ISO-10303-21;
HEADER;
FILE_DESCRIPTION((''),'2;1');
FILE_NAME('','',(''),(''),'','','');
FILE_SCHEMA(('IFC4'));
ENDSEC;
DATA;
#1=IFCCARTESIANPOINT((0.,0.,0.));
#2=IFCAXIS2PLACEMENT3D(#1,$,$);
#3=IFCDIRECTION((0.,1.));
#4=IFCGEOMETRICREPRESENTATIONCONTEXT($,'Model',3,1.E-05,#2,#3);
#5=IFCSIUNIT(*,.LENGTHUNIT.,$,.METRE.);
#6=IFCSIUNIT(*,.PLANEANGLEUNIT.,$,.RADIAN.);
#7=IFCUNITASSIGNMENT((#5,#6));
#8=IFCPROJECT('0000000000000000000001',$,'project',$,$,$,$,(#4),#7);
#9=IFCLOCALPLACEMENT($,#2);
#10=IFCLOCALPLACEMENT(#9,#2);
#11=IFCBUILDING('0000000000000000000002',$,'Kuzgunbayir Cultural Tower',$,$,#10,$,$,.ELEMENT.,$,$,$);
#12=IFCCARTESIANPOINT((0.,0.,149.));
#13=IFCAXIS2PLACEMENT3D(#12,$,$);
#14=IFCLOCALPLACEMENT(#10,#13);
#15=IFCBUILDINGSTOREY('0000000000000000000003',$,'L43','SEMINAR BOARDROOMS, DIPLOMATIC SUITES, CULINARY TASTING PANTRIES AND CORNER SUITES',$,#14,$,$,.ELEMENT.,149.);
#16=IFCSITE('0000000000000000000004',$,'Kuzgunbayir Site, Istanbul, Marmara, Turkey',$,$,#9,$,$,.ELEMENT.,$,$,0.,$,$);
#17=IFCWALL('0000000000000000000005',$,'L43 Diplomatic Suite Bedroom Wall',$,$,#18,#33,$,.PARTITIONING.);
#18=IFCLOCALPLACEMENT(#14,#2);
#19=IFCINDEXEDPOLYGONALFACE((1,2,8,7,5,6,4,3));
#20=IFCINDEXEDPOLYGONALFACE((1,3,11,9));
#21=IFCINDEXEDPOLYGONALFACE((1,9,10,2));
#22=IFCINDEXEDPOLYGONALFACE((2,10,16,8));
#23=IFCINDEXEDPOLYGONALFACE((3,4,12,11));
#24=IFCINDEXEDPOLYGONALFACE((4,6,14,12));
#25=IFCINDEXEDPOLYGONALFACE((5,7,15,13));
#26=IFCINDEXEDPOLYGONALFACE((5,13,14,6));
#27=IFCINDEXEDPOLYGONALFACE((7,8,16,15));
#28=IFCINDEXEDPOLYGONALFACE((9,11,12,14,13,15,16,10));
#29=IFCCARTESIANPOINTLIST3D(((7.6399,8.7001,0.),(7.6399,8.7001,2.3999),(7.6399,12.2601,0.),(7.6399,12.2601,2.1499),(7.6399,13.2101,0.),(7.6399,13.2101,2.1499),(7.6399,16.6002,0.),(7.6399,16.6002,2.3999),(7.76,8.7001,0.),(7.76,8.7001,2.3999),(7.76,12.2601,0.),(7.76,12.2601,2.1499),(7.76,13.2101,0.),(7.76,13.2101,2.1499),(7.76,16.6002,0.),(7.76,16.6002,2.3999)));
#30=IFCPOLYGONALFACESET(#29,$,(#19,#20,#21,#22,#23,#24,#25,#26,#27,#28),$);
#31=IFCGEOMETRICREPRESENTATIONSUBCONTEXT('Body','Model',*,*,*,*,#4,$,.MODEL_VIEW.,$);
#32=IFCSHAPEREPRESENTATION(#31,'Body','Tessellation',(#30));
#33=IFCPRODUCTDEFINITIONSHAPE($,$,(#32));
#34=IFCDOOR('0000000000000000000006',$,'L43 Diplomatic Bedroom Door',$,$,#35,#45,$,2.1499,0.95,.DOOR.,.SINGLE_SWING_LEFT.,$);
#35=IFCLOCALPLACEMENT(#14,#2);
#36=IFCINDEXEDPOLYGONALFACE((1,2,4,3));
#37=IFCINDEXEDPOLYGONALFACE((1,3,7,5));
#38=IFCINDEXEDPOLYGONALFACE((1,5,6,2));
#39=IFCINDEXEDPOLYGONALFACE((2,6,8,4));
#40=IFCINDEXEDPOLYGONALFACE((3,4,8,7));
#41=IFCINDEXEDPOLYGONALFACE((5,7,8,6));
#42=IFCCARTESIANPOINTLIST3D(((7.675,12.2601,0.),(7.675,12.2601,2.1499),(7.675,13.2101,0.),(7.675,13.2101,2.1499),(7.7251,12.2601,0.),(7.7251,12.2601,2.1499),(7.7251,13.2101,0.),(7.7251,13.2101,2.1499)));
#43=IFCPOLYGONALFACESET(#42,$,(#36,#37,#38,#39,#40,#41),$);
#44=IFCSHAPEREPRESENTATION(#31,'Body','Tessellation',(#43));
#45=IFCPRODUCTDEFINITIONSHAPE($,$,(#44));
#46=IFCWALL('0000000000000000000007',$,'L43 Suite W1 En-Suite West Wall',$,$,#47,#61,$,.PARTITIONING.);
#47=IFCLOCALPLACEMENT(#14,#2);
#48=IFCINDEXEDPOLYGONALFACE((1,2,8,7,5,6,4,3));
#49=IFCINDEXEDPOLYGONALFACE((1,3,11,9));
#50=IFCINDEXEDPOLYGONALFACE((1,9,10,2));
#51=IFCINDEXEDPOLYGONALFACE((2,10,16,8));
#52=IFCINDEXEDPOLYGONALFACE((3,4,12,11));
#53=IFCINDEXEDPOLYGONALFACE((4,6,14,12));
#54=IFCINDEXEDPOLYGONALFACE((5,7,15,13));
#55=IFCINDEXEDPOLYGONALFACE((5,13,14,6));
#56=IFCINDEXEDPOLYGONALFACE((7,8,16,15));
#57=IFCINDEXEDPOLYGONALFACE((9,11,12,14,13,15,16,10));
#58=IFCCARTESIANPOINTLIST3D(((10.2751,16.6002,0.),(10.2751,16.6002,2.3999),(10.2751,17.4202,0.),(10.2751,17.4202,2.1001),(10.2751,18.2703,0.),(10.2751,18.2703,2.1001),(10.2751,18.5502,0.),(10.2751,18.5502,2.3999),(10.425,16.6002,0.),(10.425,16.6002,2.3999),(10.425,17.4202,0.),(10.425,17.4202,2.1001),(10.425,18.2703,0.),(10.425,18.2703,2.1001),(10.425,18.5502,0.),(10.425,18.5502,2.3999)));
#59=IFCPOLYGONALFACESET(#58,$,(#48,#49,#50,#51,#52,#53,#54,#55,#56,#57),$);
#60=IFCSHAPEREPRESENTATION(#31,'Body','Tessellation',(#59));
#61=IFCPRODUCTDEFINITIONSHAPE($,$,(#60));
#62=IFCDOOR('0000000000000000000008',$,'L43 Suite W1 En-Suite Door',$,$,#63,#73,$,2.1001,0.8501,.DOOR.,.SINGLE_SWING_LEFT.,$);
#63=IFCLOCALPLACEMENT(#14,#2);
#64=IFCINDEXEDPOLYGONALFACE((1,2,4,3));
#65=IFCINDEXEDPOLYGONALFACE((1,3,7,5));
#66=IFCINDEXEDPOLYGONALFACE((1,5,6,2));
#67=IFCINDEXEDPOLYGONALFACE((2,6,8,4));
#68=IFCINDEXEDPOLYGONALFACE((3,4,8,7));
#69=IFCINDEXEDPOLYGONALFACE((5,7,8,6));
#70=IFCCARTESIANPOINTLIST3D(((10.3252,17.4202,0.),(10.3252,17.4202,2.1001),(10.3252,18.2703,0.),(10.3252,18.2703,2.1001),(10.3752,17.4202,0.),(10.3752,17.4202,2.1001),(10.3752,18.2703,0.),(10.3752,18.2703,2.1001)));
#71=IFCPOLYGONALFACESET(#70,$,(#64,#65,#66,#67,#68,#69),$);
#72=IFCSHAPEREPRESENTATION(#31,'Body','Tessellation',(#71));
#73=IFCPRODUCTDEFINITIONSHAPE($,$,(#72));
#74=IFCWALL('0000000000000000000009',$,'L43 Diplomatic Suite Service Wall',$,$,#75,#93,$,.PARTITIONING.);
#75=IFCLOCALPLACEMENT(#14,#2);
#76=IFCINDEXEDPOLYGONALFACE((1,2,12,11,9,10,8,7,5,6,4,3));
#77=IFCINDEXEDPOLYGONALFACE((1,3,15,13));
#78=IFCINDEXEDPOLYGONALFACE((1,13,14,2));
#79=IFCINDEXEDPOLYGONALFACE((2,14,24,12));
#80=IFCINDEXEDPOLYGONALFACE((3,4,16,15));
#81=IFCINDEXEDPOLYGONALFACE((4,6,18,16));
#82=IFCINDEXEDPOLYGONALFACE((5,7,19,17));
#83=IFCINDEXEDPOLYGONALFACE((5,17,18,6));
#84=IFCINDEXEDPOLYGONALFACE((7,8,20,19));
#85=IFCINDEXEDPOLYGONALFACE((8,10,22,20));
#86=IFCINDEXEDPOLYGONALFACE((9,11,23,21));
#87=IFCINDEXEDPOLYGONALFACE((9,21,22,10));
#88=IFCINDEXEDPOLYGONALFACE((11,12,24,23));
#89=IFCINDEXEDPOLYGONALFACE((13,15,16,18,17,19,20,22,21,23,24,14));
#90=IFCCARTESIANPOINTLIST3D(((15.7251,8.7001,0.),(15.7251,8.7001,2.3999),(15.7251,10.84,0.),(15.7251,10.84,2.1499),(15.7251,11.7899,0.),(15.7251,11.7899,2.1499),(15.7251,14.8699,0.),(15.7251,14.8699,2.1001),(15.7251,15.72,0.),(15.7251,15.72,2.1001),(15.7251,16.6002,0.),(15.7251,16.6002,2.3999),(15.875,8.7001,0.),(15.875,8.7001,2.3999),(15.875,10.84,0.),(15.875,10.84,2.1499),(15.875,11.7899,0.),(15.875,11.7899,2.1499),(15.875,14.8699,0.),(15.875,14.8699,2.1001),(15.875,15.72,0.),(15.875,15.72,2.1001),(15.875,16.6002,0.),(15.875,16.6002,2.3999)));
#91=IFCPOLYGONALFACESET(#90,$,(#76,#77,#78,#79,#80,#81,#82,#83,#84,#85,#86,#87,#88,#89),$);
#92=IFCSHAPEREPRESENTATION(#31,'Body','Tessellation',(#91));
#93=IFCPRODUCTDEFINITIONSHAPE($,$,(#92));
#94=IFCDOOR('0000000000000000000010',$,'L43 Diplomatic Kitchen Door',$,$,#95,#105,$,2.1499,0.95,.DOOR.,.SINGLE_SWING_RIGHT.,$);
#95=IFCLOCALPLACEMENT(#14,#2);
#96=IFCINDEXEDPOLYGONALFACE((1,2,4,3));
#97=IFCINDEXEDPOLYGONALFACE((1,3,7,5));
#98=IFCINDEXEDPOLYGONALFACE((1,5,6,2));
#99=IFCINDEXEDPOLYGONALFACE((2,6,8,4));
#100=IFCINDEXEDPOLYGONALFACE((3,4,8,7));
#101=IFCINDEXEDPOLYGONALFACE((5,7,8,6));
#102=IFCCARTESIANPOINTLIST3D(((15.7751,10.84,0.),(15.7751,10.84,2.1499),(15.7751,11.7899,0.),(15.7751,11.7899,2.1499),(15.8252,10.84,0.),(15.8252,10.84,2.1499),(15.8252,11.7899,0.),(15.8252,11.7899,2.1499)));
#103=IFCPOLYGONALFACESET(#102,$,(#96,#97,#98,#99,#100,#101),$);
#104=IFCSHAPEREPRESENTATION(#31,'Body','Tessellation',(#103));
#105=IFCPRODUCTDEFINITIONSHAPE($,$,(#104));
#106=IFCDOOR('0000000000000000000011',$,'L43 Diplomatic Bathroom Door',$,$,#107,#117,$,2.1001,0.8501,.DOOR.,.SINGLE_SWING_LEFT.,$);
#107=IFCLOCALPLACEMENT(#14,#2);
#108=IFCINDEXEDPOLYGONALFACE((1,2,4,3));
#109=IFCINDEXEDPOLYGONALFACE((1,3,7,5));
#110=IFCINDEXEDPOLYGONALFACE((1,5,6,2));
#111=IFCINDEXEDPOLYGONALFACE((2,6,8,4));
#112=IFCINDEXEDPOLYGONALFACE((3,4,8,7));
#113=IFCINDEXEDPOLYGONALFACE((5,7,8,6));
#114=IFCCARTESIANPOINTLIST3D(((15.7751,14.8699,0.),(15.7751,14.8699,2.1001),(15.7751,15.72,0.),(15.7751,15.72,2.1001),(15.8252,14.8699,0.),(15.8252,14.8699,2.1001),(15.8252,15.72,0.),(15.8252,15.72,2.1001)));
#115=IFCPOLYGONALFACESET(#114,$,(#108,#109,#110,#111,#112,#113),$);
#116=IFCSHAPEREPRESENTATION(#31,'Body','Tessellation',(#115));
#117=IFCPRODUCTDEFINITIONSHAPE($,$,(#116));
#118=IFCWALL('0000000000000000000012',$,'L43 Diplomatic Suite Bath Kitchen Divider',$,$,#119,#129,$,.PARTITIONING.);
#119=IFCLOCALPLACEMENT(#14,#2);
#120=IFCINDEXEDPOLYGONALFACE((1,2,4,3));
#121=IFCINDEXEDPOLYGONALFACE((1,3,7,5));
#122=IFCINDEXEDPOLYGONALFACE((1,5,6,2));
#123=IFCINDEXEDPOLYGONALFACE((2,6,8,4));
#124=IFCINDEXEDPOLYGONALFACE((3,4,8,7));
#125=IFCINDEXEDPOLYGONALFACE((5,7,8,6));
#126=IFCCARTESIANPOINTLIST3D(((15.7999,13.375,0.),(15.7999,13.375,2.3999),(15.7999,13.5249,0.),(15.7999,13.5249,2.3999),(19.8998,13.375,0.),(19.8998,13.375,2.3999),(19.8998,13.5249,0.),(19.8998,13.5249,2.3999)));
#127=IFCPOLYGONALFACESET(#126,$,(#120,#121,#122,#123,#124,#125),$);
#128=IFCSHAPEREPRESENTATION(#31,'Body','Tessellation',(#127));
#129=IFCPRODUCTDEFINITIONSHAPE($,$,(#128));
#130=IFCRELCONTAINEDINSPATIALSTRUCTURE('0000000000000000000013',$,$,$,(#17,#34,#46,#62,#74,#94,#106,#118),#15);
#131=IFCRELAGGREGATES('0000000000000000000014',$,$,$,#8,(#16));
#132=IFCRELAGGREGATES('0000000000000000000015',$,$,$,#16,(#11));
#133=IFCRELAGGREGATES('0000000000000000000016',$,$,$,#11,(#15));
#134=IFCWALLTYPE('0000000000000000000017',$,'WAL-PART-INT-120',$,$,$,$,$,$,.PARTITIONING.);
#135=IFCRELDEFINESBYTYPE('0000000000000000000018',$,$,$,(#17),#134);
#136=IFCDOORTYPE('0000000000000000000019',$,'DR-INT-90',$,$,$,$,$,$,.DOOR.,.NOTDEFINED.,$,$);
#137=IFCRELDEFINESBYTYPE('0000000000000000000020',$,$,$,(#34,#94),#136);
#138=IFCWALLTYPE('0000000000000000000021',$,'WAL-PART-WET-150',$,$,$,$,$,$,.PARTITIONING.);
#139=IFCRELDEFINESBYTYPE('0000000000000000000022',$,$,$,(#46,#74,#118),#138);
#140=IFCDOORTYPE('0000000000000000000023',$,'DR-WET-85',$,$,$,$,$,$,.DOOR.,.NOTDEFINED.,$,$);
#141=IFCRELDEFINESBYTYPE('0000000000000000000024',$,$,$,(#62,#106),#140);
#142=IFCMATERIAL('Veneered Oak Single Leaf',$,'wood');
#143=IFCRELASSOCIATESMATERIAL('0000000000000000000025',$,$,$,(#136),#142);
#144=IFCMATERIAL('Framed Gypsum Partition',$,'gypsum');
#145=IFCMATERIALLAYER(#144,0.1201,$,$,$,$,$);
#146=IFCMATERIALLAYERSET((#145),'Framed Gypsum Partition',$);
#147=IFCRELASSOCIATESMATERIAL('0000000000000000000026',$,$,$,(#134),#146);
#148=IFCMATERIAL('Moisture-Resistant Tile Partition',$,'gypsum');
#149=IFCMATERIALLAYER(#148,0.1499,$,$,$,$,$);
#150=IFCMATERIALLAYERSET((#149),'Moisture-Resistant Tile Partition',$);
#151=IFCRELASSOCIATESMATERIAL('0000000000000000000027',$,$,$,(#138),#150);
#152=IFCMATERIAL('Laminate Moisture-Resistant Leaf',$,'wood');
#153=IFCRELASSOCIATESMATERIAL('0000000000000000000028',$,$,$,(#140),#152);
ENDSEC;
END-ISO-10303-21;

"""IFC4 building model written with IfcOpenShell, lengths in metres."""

from ifc_helpers import new_model, si_unit, direction, frame, frame_2d, origin, place, context, subcontext, project, spatial, rectangle, extrude, material, layer, layer_set, type_object, element, fill, save


model = new_model("IFC4")

# Units and contexts
model_context = context("Model", 3, precision=1e-05, world=origin(), true_north=direction((0.0, 1.0)))
body_context = subcontext(model_context, "Body", "Model", "MODEL_VIEW")
ifc_project = project(units=[si_unit("LENGTHUNIT", "METRE"), si_unit("PLANEANGLEUNIT", "RADIAN")], contexts=[model_context])

# Site, building, storey
site_placement = place(None, origin())
site = spatial("IfcSite", under=ifc_project, at=site_placement, Name="Kuzgunbayir Site, Istanbul, Marmara, Turkey", CompositionType="ELEMENT", RefElevation=0.0)
building_placement = place(site_placement, origin())
building = spatial("IfcBuilding", under=site, at=building_placement, Name="Kuzgunbayir Cultural Tower", CompositionType="ELEMENT")
storey_placement = place(building_placement, frame((0.0, 0.0, 149.0)))
storey = spatial("IfcBuildingStorey", under=building, at=storey_placement, Name="L43", Description="SEMINAR BOARDROOMS, DIPLOMATIC SUITES, CULINARY TASTING PANTRIES AND CORNER SUITES", CompositionType="ELEMENT", Elevation=149.0)

# Shared definitions
ifc_material_1 = material(Name="Veneered Oak Single Leaf", Category="wood")
door_type_1 = type_object("IfcDoorType", Name="DR-INT-90", OperationType="NOTDEFINED", PredefinedType="DOOR", material=ifc_material_1)
ifc_material_2 = material(Name="Laminate Moisture-Resistant Leaf", Category="wood")

# Walls, openings, doors
ifc_material_3 = material(Name="Framed Gypsum Partition", Category="gypsum")
ifc_layer_1 = layer(ifc_material_3, 0.1201)
ifc_layer_set_1 = layer_set([ifc_layer_1], Name="Framed Gypsum Partition")
wall_type_1 = type_object("IfcWallType", Name="WAL-PART-INT-120", PredefinedType="PARTITIONING", material=ifc_layer_set_1)
wall_1_placement = place(storey_placement, frame((7.7, 8.7, 0.0), z_axis=(0.0, 0.0, 1.0), x_axis=(0.0, 1.0, 0.0)))
wall_1 = element("IfcWall", 1, at=wall_1_placement, inside=storey, type_object=wall_type_1, Name="L43 Diplomatic Suite Bedroom Wall", PredefinedType="PARTITIONING", context=body_context, shape_type="SweptSolid", body=[
    extrude(rectangle(XDim=7.9001, YDim=0.1201, at=frame_2d((3.9502, 0.0))), origin(), (0.0, 0.0, 1.0), 2.3999),
])
opening_1_placement = place(wall_1_placement, frame((3.5601, 0.0, 0.0)))
opening_1 = element("IfcOpeningElement", 2, at=opening_1_placement, cuts=wall_1, PredefinedType="OPENING", context=body_context, shape_type="SweptSolid", body=[
    extrude(rectangle(XDim=0.95, YDim=2.1499, at=frame_2d((0.4751, 1.075))), frame((0.0, 0.0701, 0.0), z_axis=(0.0, -1.0, 0.0), x_axis=(1.0, 0.0, 0.0)), (0.0, 0.0, 1.0), 0.1401),
])
door_1_placement = place(opening_1_placement, origin())
door_1 = element("IfcDoor", 3, at=door_1_placement, inside=storey, type_object=door_type_1, Name="L43 Diplomatic Bedroom Door", OperationType="SINGLE_SWING_LEFT", OverallHeight=2.1499, OverallWidth=0.95, PredefinedType="DOOR", context=body_context, shape_type="SweptSolid", body=[
    extrude(rectangle(XDim=0.95, YDim=2.1499, at=frame_2d((0.4751, 1.075))), frame((0.0, 0.0249, 0.0), z_axis=(0.0, -1.0, 0.0), x_axis=(1.0, 0.0, 0.0)), (0.0, 0.0, 1.0), 0.05),
])
fill(opening_1, door_1)
ifc_material_4 = material(Name="Moisture-Resistant Tile Partition", Category="gypsum")
ifc_layer_2 = layer(ifc_material_4, 0.1499)
ifc_layer_set_2 = layer_set([ifc_layer_2], Name="Moisture-Resistant Tile Partition")
wall_type_2 = type_object("IfcWallType", Name="WAL-PART-WET-150", PredefinedType="PARTITIONING", material=ifc_layer_set_2)
wall_2_placement = place(storey_placement, frame((10.3501, 16.6001, 0.0), z_axis=(0.0, 0.0, 1.0), x_axis=(0.0, 1.0, 0.0)))
wall_2 = element("IfcWall", 4, at=wall_2_placement, inside=storey, type_object=wall_type_2, Name="L43 Suite W1 En-Suite West Wall", PredefinedType="PARTITIONING", context=body_context, shape_type="SweptSolid", body=[
    extrude(rectangle(XDim=1.95, YDim=0.1499, at=frame_2d((0.9751, 0.0))), origin(), (0.0, 0.0, 1.0), 2.3999),
])
opening_2_placement = place(wall_2_placement, frame((0.8201, 0.0, 0.0)))
opening_2 = element("IfcOpeningElement", 5, at=opening_2_placement, cuts=wall_2, PredefinedType="OPENING", context=body_context, shape_type="SweptSolid", body=[
    extrude(rectangle(XDim=0.8501, YDim=2.1001, at=frame_2d((0.425, 1.05))), frame((0.0, 0.085, 0.0), z_axis=(0.0, -1.0, 0.0), x_axis=(1.0, 0.0, 0.0)), (0.0, 0.0, 1.0), 0.1699),
])
door_type_2 = type_object("IfcDoorType", Name="DR-WET-85", OperationType="NOTDEFINED", PredefinedType="DOOR", material=ifc_material_2)
door_2_placement = place(opening_2_placement, origin())
door_2 = element("IfcDoor", 6, at=door_2_placement, inside=storey, type_object=door_type_2, Name="L43 Suite W1 En-Suite Door", OperationType="SINGLE_SWING_LEFT", OverallHeight=2.1001, OverallWidth=0.8501, PredefinedType="DOOR", context=body_context, shape_type="SweptSolid", body=[
    extrude(rectangle(XDim=0.8501, YDim=2.1001, at=frame_2d((0.425, 1.05))), frame((0.0, 0.0249, 0.0), z_axis=(0.0, -1.0, 0.0), x_axis=(1.0, 0.0, 0.0)), (0.0, 0.0, 1.0), 0.05),
])
fill(opening_2, door_2)

# Wall, openings, doors
wall_3_placement = place(storey_placement, frame((15.8, 8.7, 0.0), z_axis=(0.0, 0.0, 1.0), x_axis=(0.0, 1.0, 0.0)))
wall_3 = element("IfcWall", 7, at=wall_3_placement, inside=storey, type_object=wall_type_2, Name="L43 Diplomatic Suite Service Wall", PredefinedType="PARTITIONING", context=body_context, shape_type="SweptSolid", body=[
    extrude(rectangle(XDim=7.9001, YDim=0.1499, at=frame_2d((3.9502, 0.0))), origin(), (0.0, 0.0, 1.0), 2.3999),
])
opening_3_placement = place(wall_3_placement, frame((2.1399, 0.0, 0.0)))
opening_3 = element("IfcOpeningElement", 8, at=opening_3_placement, cuts=wall_3, PredefinedType="OPENING", context=body_context, shape_type="SweptSolid", body=[
    extrude(rectangle(XDim=0.95, YDim=2.1499, at=frame_2d((0.4751, 1.075))), frame((0.0, 0.085, 0.0), z_axis=(0.0, -1.0, 0.0), x_axis=(1.0, 0.0, 0.0)), (0.0, 0.0, 1.0), 0.1699),
])
opening_4_placement = place(wall_3_placement, frame((6.1699, 0.0, 0.0)))
opening_4 = element("IfcOpeningElement", 9, at=opening_4_placement, cuts=wall_3, PredefinedType="OPENING", context=body_context, shape_type="SweptSolid", body=[
    extrude(rectangle(XDim=0.8501, YDim=2.1001, at=frame_2d((0.425, 1.05))), frame((0.0, 0.085, 0.0), z_axis=(0.0, -1.0, 0.0), x_axis=(1.0, 0.0, 0.0)), (0.0, 0.0, 1.0), 0.1699),
])
door_3_placement = place(opening_3_placement, origin())
door_3 = element("IfcDoor", 10, at=door_3_placement, inside=storey, type_object=door_type_1, Name="L43 Diplomatic Kitchen Door", OperationType="SINGLE_SWING_RIGHT", OverallHeight=2.1499, OverallWidth=0.95, PredefinedType="DOOR", context=body_context, shape_type="SweptSolid", body=[
    extrude(rectangle(XDim=0.95, YDim=2.1499, at=frame_2d((0.4751, 1.075))), frame((0.0, 0.0249, 0.0), z_axis=(0.0, -1.0, 0.0), x_axis=(1.0, 0.0, 0.0)), (0.0, 0.0, 1.0), 0.05),
])
fill(opening_3, door_3)
door_4_placement = place(opening_4_placement, origin())
door_4 = element("IfcDoor", 11, at=door_4_placement, inside=storey, type_object=door_type_2, Name="L43 Diplomatic Bathroom Door", OperationType="SINGLE_SWING_LEFT", OverallHeight=2.1001, OverallWidth=0.8501, PredefinedType="DOOR", context=body_context, shape_type="SweptSolid", body=[
    extrude(rectangle(XDim=0.8501, YDim=2.1001, at=frame_2d((0.425, 1.05))), frame((0.0, 0.0249, 0.0), z_axis=(0.0, -1.0, 0.0), x_axis=(1.0, 0.0, 0.0)), (0.0, 0.0, 1.0), 0.05),
])
fill(opening_4, door_4)

# Wall
wall_4_placement = place(storey_placement, frame((15.8, 13.45, 0.0), z_axis=(0.0, 0.0, 1.0), x_axis=(1.0, 0.0, 0.0)))
element("IfcWall", 12, at=wall_4_placement, inside=storey, type_object=wall_type_2, Name="L43 Diplomatic Suite Bath Kitchen Divider", PredefinedType="PARTITIONING", context=body_context, shape_type="SweptSolid", body=[
    extrude(rectangle(XDim=4.0999, YDim=0.1499, at=frame_2d((2.0498, 0.0))), origin(), (0.0, 0.0, 1.0), 2.3999),
])

save(model, "model.ifc")
